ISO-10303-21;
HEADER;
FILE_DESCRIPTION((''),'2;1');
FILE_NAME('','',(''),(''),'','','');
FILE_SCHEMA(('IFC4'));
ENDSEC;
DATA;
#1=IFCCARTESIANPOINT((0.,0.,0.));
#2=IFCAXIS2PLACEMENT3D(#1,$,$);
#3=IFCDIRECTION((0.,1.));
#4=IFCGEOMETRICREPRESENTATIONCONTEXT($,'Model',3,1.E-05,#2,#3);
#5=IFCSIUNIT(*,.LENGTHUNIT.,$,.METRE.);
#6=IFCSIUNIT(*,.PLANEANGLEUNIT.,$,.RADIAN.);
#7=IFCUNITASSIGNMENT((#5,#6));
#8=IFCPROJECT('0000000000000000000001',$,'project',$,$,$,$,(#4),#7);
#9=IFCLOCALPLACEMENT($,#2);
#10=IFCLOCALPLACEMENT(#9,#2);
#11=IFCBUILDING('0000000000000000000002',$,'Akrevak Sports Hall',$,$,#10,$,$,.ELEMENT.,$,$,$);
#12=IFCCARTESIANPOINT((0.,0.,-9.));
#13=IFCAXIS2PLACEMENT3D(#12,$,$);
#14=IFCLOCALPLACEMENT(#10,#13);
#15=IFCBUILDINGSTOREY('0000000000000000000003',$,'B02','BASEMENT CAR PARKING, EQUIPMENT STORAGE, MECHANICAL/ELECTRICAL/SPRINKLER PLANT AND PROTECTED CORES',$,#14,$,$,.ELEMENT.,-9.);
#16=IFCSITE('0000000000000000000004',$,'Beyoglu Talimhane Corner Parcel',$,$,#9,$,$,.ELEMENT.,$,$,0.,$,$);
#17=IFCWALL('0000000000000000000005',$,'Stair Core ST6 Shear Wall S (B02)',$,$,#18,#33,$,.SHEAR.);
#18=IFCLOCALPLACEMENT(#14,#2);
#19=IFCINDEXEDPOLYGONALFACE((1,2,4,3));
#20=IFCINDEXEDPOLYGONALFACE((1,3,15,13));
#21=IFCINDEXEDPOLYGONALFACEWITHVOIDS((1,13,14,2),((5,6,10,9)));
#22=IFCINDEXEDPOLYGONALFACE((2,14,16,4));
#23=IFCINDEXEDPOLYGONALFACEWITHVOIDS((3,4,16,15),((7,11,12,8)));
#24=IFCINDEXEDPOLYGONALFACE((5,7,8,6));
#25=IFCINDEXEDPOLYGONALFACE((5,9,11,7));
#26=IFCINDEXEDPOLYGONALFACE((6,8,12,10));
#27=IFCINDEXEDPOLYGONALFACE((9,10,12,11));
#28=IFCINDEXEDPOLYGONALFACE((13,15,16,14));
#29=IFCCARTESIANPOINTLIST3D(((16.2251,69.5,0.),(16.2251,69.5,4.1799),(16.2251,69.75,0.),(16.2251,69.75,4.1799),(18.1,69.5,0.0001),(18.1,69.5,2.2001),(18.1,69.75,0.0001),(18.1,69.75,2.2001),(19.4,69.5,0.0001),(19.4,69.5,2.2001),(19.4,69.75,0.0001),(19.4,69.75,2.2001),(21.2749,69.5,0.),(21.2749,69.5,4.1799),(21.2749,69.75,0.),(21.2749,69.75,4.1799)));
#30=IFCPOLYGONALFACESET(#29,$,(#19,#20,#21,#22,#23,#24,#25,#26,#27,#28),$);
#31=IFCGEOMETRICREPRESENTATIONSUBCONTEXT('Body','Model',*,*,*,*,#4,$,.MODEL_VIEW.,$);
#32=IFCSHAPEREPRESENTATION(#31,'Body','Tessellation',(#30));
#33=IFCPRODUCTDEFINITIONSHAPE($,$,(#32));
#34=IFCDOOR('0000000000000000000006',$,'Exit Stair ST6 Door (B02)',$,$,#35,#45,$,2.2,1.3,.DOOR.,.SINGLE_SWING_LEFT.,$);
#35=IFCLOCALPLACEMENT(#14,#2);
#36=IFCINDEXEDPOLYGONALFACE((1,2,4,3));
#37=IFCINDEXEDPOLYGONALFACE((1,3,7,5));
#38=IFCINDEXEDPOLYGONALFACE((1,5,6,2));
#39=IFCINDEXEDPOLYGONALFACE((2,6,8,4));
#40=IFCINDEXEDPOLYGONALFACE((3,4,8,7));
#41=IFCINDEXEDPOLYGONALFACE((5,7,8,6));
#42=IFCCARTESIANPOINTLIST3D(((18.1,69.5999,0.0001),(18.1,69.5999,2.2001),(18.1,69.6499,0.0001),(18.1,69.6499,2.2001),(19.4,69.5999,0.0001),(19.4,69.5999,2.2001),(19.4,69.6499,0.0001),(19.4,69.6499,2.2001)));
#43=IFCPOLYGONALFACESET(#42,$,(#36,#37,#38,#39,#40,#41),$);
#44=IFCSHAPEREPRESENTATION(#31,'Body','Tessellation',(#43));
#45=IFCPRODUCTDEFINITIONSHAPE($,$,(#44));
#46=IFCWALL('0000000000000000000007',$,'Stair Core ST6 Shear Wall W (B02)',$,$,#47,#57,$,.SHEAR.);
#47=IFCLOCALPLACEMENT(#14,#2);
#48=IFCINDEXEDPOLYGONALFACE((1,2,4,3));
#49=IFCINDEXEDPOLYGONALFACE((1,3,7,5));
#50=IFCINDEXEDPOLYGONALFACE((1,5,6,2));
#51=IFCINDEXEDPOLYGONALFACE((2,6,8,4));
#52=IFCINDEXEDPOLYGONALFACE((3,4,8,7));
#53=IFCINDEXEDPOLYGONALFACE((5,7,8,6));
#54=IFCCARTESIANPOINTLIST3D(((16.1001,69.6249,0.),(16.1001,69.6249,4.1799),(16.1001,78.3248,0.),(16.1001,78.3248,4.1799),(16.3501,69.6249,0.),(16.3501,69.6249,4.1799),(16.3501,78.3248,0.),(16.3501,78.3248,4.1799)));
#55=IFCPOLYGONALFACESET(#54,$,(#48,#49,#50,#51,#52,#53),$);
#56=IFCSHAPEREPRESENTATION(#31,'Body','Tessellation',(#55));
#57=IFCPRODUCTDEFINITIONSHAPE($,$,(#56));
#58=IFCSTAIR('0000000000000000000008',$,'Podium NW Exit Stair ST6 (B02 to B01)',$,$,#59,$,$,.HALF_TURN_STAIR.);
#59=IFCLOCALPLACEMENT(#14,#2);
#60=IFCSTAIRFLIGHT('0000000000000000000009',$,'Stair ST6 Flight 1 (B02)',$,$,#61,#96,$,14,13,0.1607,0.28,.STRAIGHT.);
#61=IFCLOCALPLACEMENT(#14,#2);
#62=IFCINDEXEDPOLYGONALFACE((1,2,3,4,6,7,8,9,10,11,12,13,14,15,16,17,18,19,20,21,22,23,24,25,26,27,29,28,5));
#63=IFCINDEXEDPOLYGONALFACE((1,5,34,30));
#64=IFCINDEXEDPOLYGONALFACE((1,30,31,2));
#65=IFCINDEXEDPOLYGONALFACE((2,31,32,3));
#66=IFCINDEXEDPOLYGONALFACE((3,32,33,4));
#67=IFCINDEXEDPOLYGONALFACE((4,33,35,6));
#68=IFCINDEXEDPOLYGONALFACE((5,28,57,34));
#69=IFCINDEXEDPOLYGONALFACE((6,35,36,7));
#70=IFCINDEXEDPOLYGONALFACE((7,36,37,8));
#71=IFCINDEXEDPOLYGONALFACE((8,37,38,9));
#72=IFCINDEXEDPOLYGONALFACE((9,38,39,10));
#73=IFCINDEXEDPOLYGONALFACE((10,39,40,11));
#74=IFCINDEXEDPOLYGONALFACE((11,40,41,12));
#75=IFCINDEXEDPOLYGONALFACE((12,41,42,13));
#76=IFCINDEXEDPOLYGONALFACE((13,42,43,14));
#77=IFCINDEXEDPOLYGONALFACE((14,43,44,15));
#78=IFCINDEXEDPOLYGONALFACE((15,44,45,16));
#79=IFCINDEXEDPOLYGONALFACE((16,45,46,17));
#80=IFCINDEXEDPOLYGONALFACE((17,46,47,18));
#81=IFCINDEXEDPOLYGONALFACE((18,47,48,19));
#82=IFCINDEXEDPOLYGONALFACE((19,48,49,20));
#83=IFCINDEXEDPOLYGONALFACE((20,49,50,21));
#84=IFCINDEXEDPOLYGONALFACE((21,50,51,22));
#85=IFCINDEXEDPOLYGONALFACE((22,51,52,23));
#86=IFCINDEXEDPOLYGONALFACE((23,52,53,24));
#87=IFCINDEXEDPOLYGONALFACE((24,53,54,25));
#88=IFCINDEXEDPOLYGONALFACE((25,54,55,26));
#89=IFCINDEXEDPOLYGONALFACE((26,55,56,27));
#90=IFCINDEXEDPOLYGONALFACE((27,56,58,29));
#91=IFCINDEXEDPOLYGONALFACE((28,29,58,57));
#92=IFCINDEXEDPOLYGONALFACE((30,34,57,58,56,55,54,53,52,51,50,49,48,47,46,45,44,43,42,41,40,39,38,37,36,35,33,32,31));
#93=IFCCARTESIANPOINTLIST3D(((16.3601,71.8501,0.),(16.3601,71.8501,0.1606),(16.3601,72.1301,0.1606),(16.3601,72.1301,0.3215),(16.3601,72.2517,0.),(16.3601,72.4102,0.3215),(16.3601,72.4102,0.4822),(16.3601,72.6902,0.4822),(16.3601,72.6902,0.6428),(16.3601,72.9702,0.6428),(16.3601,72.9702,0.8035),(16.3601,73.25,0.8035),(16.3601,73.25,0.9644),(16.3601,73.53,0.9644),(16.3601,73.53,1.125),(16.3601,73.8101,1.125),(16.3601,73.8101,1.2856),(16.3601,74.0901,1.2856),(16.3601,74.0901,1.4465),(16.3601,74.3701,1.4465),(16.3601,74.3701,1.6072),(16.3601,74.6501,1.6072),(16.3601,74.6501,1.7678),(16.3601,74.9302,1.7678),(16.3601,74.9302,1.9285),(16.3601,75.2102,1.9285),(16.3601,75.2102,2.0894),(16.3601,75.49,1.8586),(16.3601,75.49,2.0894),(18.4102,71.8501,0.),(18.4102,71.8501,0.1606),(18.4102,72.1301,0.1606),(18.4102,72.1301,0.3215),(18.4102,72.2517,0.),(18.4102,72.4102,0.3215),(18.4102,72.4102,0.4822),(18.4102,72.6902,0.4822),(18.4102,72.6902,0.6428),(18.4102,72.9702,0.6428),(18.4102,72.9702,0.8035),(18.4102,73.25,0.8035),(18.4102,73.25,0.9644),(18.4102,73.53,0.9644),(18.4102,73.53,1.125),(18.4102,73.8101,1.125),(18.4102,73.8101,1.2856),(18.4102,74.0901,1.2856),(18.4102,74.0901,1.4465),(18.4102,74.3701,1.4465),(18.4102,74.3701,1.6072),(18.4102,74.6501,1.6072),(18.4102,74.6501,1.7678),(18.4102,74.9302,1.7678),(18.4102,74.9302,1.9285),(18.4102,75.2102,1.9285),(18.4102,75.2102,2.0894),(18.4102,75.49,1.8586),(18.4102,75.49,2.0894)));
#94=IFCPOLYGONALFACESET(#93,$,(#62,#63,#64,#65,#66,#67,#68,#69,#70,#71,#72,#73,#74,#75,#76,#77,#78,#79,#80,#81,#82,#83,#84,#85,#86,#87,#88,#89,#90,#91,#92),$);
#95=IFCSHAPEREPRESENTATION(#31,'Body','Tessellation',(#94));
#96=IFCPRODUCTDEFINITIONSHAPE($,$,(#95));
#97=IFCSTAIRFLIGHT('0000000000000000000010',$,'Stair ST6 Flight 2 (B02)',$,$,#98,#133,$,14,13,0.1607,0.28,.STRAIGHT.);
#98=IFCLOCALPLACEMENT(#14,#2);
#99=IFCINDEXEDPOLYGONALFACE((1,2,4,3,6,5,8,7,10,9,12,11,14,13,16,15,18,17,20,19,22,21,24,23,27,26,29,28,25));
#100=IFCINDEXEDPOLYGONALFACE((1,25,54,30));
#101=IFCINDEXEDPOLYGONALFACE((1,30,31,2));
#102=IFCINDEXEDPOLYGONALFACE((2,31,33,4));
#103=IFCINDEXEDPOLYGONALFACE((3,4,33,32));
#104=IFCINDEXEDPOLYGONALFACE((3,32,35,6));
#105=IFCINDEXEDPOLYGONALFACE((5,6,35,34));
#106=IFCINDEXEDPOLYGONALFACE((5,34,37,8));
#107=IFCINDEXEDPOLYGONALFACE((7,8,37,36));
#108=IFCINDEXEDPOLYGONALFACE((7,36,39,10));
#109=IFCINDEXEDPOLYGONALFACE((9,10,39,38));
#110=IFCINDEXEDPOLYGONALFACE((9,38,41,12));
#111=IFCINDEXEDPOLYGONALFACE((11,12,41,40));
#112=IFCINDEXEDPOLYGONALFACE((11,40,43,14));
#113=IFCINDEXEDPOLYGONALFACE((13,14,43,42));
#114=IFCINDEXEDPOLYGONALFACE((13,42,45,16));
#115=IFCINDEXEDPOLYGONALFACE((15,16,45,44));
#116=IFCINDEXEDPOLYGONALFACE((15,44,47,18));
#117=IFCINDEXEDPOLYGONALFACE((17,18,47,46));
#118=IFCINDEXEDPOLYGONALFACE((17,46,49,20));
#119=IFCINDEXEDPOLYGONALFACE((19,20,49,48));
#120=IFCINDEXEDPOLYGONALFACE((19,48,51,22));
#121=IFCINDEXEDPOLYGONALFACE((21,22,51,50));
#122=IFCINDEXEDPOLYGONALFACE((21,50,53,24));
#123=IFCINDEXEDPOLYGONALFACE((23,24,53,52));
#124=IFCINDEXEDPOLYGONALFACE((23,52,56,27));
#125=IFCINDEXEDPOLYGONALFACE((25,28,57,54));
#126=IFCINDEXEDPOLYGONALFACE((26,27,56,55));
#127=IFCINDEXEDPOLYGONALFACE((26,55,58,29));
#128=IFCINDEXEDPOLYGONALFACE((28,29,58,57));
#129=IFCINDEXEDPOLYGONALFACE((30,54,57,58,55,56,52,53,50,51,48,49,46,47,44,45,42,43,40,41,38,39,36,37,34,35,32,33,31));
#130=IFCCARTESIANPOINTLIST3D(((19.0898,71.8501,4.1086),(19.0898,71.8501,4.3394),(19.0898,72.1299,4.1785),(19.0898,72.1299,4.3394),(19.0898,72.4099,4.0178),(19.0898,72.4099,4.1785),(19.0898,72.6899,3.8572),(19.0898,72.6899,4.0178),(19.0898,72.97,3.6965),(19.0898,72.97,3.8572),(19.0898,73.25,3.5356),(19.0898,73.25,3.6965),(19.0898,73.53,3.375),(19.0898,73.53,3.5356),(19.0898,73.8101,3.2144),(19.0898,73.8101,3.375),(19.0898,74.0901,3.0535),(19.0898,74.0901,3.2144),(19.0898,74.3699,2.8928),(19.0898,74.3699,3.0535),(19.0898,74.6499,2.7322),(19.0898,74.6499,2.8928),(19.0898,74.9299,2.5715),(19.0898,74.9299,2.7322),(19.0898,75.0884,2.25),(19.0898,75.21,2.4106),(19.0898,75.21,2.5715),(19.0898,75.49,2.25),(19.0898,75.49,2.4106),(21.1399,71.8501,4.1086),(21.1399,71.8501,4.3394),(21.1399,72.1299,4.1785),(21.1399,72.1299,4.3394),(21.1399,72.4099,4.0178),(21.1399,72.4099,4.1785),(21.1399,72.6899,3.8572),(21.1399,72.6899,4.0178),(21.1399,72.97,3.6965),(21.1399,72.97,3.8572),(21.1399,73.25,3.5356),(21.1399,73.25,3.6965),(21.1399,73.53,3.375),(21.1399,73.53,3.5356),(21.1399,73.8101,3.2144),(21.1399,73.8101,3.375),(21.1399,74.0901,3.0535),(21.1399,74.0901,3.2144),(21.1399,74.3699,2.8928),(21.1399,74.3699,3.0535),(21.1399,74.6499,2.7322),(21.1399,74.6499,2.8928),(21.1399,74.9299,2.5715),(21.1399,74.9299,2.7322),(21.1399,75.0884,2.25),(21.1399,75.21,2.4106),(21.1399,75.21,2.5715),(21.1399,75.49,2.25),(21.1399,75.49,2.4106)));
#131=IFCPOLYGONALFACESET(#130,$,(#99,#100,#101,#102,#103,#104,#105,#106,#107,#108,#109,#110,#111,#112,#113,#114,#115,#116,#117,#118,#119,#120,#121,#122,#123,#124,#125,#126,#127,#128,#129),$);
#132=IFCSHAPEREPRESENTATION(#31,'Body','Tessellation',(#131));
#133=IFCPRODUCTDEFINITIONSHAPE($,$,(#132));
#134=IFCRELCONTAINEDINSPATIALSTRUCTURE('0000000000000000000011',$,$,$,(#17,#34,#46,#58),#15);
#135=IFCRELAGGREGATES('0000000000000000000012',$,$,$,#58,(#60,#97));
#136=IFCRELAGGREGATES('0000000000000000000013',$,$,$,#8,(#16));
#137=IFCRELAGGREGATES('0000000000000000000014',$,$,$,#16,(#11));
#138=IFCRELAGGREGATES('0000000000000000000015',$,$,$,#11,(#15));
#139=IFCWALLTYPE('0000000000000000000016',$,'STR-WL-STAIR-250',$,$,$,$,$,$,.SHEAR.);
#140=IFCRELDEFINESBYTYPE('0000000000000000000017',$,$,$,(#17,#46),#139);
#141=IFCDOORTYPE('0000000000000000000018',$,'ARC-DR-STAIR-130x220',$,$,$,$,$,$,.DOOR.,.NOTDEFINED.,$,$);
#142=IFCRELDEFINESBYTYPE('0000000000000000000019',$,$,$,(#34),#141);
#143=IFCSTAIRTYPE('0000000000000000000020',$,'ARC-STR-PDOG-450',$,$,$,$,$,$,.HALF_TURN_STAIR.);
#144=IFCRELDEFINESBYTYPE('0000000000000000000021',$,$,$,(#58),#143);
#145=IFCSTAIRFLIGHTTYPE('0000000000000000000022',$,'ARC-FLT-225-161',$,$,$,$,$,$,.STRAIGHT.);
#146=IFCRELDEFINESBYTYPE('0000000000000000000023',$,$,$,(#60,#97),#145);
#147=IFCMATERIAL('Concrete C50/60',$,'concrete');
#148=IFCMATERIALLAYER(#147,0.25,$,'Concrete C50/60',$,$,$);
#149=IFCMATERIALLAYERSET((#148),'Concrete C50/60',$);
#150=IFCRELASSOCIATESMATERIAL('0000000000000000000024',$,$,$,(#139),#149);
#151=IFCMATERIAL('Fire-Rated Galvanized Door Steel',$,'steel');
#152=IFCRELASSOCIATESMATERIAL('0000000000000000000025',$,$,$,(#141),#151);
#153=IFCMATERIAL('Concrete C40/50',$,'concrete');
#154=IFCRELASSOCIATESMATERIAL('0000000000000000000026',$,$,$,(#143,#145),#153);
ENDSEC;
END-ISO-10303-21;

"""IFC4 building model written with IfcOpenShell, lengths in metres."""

from ifc_helpers import new_model, si_unit, direction, frame, frame_2d, origin, place, context, subcontext, project, spatial, polyline, rectangle, outline, extrude, material, layer, layer_set, type_object, element, fill, aggregate, save


model = new_model("IFC4")

# Units and contexts
model_context = context("Model", 3, precision=1e-05, world=origin(), true_north=direction((0.0, 1.0)))
body_context = subcontext(model_context, "Body", "Model", "MODEL_VIEW")
ifc_project = project(units=[si_unit("LENGTHUNIT", "METRE"), si_unit("PLANEANGLEUNIT", "RADIAN")], contexts=[model_context])

# Site, building, storey
site_placement = place(None, origin())
site = spatial("IfcSite", under=ifc_project, at=site_placement, Name="Beyoglu Talimhane Corner Parcel", CompositionType="ELEMENT", RefElevation=0.0)
building_placement = place(site_placement, origin())
building = spatial("IfcBuilding", under=site, at=building_placement, Name="Akrevak Sports Hall", CompositionType="ELEMENT")
storey_placement = place(building_placement, frame((0.0, 0.0, -9.0)))
storey = spatial("IfcBuildingStorey", under=building, at=storey_placement, Name="B02", Description="BASEMENT CAR PARKING, EQUIPMENT STORAGE, MECHANICAL/ELECTRICAL/SPRINKLER PLANT AND PROTECTED CORES", CompositionType="ELEMENT", Elevation=-9.0)

# Shared definitions
ifc_material_1 = material(Name="Concrete C40/50", Category="concrete")

# Shared definitions
ifc_material_2 = material(Name="Concrete C50/60", Category="concrete")

# Wall, opening, door
ifc_layer_1 = layer(ifc_material_2, 0.25, Name="Concrete C50/60")
ifc_layer_set_1 = layer_set([ifc_layer_1], Name="Concrete C50/60")
wall_type_1 = type_object("IfcWallType", Name="STR-WL-STAIR-250", PredefinedType="SHEAR", material=ifc_layer_set_1)
wall_1_placement = place(storey_placement, frame((16.2251, 69.625, 0.0), z_axis=(0.0, 0.0, 1.0), x_axis=(1.0, 0.0, 0.0)))
wall_1 = element("IfcWall", 1, at=wall_1_placement, inside=storey, type_object=wall_type_1, Name="Stair Core ST6 Shear Wall S (B02)", PredefinedType="SHEAR", context=body_context, shape_type="SweptSolid", body=[
    extrude(rectangle(XDim=5.0498, YDim=0.25, at=frame_2d((2.5249, 0.0))), origin(), (0.0, 0.0, 1.0), 4.1799),
])
opening_placement = place(wall_1_placement, frame((1.875, 0.0, 0.0)))
opening = element("IfcOpeningElement", 2, at=opening_placement, cuts=wall_1, PredefinedType="OPENING", context=body_context, shape_type="SweptSolid", body=[
    extrude(rectangle(XDim=1.3, YDim=2.2, at=frame_2d((0.6499, 1.1001))), frame((0.0, 0.137, 0.0), z_axis=(0.0, -1.0, 0.0), x_axis=(1.0, 0.0, 0.0)), (0.0, 0.0, 1.0), 0.2739),
])
ifc_material_3 = material(Name="Fire-Rated Galvanized Door Steel", Category="steel")
door_type = type_object("IfcDoorType", Name="ARC-DR-STAIR-130x220", OperationType="NOTDEFINED", PredefinedType="DOOR", material=ifc_material_3)
door_placement = place(opening_placement, origin())
door = element("IfcDoor", 3, at=door_placement, inside=storey, type_object=door_type, Name="Exit Stair ST6 Door (B02)", OperationType="SINGLE_SWING_LEFT", OverallHeight=2.2, OverallWidth=1.3, PredefinedType="DOOR", context=body_context, shape_type="SweptSolid", body=[
    extrude(rectangle(XDim=1.3, YDim=2.2, at=frame_2d((0.6499, 1.1001))), frame((0.0, 0.0249, 0.0), z_axis=(0.0, -1.0, 0.0), x_axis=(1.0, 0.0, 0.0)), (0.0, 0.0, 1.0), 0.05),
])
fill(opening, door)

# Wall
wall_2_placement = place(storey_placement, frame((16.2251, 78.325, 0.0), z_axis=(0.0, 0.0, 1.0), x_axis=(0.0, -1.0, 0.0)))
element("IfcWall", 4, at=wall_2_placement, inside=storey, type_object=wall_type_1, Name="Stair Core ST6 Shear Wall W (B02)", PredefinedType="SHEAR", context=body_context, shape_type="SweptSolid", body=[
    extrude(rectangle(XDim=8.7, YDim=0.25, at=frame_2d((4.3501, 0.0))), origin(), (0.0, 0.0, 1.0), 4.1799),
])

# Stair, stair flights
stair_type = type_object("IfcStairType", Name="ARC-STR-PDOG-450", PredefinedType="HALF_TURN_STAIR", material=ifc_material_1)
stair_placement = place(storey_placement, origin())
stair = element("IfcStair", 5, at=stair_placement, inside=storey, type_object=stair_type, Name="Podium NW Exit Stair ST6 (B02 to B01)", PredefinedType="HALF_TURN_STAIR")
stair_flight_type = type_object("IfcStairFlightType", Name="ARC-FLT-225-161", PredefinedType="STRAIGHT", material=ifc_material_1)
stair_flight_1_placement = place(storey_placement, frame((17.385, 71.8501, 0.0), z_axis=(0.0, 0.0, 1.0), x_axis=(0.0, 1.0, 0.0)))
stair_flight_1 = element("IfcStairFlight", 6, at=stair_flight_1_placement, type_object=stair_flight_type, Name="Stair ST6 Flight 1 (B02)", NumberOfRisers=14, NumberOfTreads=13, PredefinedType="STRAIGHT", RiserHeight=0.1607, TreadLength=0.28, context=body_context, shape_type="SweptSolid", body=[
    extrude(outline(polyline([(0.0, 0.0), (0.0, 0.1606), (0.28, 0.1606), (0.28, 0.3215), (0.5601, 0.3215), (0.5601, 0.4822), (0.8401, 0.4822), (0.8401, 0.6428), (1.1201, 0.6428), (1.1201, 0.8035), (1.3999, 0.8035), (1.3999, 0.9644), (1.6799, 0.9644), (1.6799, 1.125), (1.96, 1.125), (1.96, 1.2856), (2.24, 1.2856), (2.24, 1.4465), (2.52, 1.4465), (2.52, 1.6072), (2.8, 1.6072), (2.8, 1.7678), (3.0801, 1.7678), (3.0801, 1.9285), (3.3601, 1.9285), (3.3601, 2.0894), (3.6399, 2.0894), (3.6399, 2.25), (3.6399, 1.8586), (0.4016, 0.0), (0.0, 0.0)])), frame((0.0, 1.0249, 0.0), z_axis=(0.0, -1.0, 0.0), x_axis=(1.0, 0.0, 0.0)), (0.0, 0.0, 1.0), 2.05),
])
stair_flight_2_placement = place(storey_placement, frame((20.115, 75.49, 2.25), z_axis=(0.0, 0.0, 1.0), x_axis=(0.0, -1.0, 0.0)))
stair_flight_2 = element("IfcStairFlight", 7, at=stair_flight_2_placement, type_object=stair_flight_type, Name="Stair ST6 Flight 2 (B02)", NumberOfRisers=14, NumberOfTreads=13, PredefinedType="STRAIGHT", RiserHeight=0.1607, TreadLength=0.28, context=body_context, shape_type="SweptSolid", body=[
    extrude(outline(polyline([(0.0, 0.0), (0.0, 0.1606), (0.28, 0.1606), (0.28, 0.3215), (0.5601, 0.3215), (0.5601, 0.4822), (0.8401, 0.4822), (0.8401, 0.6428), (1.1201, 0.6428), (1.1201, 0.8035), (1.3999, 0.8035), (1.3999, 0.9644), (1.6799, 0.9644), (1.6799, 1.125), (1.96, 1.125), (1.96, 1.2856), (2.24, 1.2856), (2.24, 1.4465), (2.52, 1.4465), (2.52, 1.6072), (2.8, 1.6072), (2.8, 1.7678), (3.0801, 1.7678), (3.0801, 1.9285), (3.3601, 1.9285), (3.3601, 2.0894), (3.6399, 2.0894), (3.6399, 2.25), (3.6399, 1.8586), (0.4016, 0.0), (0.0, 0.0)])), frame((0.0, 1.0249, 0.0), z_axis=(0.0, -1.0, 0.0), x_axis=(1.0, 0.0, 0.0)), (0.0, 0.0, 1.0), 2.05),
])
aggregate(stair, [stair_flight_1, stair_flight_2])

save(model, "model.ifc")
